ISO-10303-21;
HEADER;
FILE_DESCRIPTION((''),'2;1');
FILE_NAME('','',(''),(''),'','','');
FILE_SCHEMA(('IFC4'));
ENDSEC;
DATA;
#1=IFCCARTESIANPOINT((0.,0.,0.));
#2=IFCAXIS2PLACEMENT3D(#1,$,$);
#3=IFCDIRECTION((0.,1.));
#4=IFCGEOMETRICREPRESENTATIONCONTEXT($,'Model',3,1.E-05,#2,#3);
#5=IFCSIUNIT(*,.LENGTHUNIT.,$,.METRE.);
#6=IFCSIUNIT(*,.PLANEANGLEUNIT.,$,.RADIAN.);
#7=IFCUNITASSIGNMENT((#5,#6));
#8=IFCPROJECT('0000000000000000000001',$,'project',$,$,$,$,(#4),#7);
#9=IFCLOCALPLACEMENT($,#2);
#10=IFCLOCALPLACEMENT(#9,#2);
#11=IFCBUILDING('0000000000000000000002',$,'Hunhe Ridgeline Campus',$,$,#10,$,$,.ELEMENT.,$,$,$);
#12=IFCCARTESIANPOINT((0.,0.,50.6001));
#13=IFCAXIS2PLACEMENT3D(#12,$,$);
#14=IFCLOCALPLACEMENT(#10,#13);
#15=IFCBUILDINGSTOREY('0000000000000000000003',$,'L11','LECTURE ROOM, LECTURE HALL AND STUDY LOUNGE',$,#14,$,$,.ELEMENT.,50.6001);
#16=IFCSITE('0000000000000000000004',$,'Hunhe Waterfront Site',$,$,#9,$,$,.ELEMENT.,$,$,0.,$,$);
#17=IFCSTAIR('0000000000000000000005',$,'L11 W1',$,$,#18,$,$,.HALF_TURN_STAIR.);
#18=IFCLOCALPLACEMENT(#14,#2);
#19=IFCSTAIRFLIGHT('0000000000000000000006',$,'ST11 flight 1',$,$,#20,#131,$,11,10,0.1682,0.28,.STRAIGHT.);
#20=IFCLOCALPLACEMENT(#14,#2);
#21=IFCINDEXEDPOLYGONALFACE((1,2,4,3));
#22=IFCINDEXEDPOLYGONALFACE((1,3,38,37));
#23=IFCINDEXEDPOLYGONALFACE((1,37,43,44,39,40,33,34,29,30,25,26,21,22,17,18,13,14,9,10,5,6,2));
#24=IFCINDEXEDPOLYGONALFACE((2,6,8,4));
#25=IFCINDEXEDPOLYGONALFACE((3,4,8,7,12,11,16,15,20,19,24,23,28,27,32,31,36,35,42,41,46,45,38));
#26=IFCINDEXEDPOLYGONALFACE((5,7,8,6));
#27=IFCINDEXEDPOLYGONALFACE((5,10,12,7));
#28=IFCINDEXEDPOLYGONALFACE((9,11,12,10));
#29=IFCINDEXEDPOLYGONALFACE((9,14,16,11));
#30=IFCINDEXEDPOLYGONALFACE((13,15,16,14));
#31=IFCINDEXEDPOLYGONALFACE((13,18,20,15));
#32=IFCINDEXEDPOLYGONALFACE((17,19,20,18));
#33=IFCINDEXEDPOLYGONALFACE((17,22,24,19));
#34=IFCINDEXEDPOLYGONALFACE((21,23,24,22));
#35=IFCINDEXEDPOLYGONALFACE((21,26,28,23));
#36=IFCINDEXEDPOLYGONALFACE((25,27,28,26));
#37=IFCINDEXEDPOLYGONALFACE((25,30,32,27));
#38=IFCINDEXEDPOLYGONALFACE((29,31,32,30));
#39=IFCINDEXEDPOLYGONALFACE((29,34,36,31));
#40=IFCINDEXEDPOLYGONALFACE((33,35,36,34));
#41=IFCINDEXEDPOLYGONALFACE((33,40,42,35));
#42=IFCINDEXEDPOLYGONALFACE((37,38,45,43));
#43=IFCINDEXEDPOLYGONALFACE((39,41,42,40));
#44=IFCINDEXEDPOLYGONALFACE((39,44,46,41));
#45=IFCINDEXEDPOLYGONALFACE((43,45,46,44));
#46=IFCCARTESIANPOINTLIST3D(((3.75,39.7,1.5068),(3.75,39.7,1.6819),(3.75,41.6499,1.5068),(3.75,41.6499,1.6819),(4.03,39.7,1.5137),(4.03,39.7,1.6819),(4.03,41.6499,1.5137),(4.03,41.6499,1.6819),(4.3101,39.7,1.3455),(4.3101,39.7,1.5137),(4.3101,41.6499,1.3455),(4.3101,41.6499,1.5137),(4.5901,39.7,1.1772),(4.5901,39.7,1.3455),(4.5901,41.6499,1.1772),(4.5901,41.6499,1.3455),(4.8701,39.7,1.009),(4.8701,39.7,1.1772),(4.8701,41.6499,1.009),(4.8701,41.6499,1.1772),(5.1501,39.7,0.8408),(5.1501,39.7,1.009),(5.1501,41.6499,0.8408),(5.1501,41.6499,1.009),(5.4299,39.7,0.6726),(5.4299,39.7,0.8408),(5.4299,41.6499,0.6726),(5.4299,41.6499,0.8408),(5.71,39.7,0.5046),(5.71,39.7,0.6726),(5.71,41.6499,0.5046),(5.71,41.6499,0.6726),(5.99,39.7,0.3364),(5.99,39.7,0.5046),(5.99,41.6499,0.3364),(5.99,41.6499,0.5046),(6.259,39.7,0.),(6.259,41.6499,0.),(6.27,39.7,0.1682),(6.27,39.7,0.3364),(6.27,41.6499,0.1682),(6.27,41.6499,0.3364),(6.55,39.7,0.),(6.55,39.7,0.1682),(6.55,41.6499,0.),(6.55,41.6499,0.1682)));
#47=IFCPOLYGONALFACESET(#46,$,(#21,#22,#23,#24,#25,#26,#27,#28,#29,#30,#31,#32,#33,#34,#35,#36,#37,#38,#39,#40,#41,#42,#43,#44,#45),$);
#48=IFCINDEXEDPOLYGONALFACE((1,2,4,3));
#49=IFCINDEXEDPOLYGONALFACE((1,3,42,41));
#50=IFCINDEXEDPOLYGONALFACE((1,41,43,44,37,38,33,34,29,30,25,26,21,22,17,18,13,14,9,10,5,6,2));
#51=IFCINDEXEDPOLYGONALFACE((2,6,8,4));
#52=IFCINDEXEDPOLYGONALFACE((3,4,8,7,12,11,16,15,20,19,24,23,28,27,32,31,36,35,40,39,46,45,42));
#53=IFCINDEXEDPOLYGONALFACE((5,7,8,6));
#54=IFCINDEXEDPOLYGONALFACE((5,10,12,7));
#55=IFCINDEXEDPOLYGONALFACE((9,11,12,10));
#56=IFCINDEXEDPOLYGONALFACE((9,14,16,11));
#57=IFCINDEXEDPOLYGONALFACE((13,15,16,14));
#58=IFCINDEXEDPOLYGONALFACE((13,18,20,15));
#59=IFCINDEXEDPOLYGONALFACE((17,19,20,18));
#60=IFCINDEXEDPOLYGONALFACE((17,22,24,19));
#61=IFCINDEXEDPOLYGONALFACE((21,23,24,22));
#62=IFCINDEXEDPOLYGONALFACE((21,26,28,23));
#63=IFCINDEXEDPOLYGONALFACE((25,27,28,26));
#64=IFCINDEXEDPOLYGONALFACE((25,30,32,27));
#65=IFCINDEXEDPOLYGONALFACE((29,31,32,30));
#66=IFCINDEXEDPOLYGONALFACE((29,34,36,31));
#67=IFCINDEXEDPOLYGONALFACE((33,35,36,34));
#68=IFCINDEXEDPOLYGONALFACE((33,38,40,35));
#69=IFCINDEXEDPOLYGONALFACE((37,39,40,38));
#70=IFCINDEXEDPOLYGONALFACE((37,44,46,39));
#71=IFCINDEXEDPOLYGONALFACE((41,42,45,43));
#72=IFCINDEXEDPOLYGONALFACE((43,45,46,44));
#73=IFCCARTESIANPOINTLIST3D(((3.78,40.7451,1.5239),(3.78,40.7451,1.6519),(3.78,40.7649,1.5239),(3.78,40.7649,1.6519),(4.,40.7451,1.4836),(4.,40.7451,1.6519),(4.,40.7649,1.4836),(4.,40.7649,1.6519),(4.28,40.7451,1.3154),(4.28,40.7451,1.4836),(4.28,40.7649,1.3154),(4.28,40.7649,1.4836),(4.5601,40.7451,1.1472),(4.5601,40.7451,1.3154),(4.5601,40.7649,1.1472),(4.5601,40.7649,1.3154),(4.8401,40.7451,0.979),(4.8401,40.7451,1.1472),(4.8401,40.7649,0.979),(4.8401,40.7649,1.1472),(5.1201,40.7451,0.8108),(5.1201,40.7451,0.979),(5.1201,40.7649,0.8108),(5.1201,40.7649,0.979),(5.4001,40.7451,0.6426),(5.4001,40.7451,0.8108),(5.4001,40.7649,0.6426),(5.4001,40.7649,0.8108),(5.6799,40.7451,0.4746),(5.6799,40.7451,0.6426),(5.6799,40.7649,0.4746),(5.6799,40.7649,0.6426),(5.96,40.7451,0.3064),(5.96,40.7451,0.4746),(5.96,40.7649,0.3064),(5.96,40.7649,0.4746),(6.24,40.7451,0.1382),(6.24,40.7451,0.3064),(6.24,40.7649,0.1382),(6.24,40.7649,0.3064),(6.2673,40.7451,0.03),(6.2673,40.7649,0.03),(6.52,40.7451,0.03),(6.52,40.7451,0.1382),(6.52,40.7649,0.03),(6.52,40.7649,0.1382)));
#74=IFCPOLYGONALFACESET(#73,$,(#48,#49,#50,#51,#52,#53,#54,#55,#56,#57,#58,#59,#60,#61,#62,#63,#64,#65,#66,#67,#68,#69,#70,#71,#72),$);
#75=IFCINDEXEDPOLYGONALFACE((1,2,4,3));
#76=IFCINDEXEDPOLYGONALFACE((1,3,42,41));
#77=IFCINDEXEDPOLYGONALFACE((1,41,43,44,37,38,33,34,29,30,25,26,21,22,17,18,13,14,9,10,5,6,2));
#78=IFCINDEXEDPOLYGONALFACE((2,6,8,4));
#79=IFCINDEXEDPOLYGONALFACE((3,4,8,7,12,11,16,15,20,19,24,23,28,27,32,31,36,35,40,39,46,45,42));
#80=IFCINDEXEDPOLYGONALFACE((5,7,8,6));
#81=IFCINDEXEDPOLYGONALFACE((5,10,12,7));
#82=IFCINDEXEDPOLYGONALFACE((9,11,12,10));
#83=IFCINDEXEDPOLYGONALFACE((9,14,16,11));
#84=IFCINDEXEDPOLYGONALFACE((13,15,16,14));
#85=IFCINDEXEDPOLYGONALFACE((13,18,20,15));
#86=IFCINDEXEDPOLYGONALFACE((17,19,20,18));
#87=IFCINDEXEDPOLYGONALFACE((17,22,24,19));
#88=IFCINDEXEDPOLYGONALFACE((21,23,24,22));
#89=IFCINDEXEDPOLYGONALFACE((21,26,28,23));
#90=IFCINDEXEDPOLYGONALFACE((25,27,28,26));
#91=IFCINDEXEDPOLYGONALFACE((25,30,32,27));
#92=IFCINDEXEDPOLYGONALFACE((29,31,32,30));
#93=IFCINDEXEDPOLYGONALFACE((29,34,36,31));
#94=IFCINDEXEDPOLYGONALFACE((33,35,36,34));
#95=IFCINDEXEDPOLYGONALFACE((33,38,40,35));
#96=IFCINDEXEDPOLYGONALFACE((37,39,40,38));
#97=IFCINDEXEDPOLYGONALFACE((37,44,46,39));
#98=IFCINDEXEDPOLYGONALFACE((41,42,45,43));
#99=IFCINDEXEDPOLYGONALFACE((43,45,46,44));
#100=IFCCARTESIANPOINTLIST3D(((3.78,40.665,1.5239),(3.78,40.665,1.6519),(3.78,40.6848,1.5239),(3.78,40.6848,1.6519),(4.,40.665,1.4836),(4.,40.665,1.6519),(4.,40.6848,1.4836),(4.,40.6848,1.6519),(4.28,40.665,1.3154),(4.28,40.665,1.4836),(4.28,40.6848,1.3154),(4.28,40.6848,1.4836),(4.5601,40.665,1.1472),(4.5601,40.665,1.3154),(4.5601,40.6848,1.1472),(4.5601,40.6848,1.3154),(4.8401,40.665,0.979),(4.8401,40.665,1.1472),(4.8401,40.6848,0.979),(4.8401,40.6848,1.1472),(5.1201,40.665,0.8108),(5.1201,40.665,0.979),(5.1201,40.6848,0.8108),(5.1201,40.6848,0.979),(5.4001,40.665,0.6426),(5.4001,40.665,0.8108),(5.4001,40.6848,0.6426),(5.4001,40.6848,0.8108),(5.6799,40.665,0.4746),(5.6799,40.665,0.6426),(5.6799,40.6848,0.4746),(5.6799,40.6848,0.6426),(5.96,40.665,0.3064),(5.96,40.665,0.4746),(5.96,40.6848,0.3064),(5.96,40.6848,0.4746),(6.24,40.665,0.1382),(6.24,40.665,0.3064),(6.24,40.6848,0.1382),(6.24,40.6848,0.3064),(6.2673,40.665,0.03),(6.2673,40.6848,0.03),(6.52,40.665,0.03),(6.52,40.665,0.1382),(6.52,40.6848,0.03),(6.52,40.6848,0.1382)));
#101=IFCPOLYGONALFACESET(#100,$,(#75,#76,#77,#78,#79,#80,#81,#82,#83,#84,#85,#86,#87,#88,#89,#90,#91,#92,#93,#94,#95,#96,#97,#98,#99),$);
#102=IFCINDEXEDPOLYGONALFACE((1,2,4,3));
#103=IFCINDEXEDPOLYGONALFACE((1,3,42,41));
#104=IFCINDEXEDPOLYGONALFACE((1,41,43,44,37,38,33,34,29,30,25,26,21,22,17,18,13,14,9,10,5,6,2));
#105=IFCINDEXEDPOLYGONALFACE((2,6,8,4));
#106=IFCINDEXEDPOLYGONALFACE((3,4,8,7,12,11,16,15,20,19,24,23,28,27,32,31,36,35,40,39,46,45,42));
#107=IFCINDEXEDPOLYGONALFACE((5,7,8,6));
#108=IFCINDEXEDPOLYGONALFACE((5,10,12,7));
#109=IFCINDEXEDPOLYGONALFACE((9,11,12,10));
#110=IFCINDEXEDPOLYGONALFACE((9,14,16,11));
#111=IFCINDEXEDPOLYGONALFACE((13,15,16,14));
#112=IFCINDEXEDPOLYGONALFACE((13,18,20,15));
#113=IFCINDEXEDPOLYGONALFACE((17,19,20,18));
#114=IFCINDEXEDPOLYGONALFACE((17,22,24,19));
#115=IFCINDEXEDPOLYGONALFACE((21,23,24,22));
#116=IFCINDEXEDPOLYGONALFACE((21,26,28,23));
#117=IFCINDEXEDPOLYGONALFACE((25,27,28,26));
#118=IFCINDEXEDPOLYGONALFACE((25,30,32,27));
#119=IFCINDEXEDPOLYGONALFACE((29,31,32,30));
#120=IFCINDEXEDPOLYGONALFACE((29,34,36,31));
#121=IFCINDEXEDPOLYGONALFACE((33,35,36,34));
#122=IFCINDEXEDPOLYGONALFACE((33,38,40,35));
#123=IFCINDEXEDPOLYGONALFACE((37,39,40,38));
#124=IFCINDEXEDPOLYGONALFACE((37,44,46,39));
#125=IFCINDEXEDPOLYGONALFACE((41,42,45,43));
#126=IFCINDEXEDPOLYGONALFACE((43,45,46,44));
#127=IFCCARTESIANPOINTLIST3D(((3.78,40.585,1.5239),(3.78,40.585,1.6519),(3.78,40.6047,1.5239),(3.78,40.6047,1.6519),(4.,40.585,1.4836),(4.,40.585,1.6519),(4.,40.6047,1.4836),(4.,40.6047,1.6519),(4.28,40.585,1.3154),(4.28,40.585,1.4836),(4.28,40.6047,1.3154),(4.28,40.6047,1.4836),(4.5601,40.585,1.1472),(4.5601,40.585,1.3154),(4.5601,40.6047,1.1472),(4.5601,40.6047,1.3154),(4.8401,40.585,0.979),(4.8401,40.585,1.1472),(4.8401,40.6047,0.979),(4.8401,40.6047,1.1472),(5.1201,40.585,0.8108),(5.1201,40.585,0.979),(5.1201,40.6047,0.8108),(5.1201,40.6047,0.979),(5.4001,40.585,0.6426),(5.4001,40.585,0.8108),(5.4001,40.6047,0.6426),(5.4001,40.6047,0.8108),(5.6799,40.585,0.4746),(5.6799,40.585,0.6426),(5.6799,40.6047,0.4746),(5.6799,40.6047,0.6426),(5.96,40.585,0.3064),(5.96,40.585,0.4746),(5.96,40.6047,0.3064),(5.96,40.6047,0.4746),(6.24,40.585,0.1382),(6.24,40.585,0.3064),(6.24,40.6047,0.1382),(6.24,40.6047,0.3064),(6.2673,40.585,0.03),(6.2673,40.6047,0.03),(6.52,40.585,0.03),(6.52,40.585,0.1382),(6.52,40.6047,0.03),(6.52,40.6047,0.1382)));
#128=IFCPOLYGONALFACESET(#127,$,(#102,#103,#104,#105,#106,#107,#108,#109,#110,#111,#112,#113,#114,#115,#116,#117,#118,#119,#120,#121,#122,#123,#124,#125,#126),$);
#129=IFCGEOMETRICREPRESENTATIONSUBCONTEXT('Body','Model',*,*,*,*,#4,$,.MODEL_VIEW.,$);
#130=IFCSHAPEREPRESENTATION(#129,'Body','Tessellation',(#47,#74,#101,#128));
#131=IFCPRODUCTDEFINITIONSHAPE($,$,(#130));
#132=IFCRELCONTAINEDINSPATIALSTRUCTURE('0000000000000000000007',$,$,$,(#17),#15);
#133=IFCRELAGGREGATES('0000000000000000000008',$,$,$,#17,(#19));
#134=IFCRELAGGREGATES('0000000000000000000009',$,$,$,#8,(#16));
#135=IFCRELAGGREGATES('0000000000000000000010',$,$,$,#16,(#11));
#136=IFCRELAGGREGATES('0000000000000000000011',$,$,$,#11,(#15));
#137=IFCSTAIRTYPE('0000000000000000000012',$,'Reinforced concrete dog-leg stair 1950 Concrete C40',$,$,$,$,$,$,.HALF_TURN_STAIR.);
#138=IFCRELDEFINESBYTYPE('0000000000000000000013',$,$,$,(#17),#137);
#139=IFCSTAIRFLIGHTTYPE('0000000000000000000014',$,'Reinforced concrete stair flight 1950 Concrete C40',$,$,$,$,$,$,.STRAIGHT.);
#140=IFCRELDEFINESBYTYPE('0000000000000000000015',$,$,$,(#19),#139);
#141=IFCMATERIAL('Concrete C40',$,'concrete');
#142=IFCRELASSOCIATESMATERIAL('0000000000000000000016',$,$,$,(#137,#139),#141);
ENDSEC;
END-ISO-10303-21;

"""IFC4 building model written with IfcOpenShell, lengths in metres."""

from ifc_helpers import new_model, si_unit, direction, frame, origin, place, context, subcontext, project, spatial, polyline, outline, extrude, material, type_object, element, aggregate, save


model = new_model("IFC4")

# Units and contexts
model_context = context("Model", 3, precision=1e-05, world=origin(), true_north=direction((0.0, 1.0)))
body_context = subcontext(model_context, "Body", "Model", "MODEL_VIEW")
ifc_project = project(units=[si_unit("LENGTHUNIT", "METRE"), si_unit("PLANEANGLEUNIT", "RADIAN")], contexts=[model_context])

# Site, building, storey
site_placement = place(None, origin())
site = spatial("IfcSite", under=ifc_project, at=site_placement, Name="Hunhe Waterfront Site", CompositionType="ELEMENT", RefElevation=0.0)
building_placement = place(site_placement, origin())
building = spatial("IfcBuilding", under=site, at=building_placement, Name="Hunhe Ridgeline Campus", CompositionType="ELEMENT")
storey_placement = place(building_placement, frame((0.0, 0.0, 50.6001)))
storey = spatial("IfcBuildingStorey", under=building, at=storey_placement, Name="L11", Description="LECTURE ROOM, LECTURE HALL AND STUDY LOUNGE", CompositionType="ELEMENT", Elevation=50.6001)

# Stair, stair flight
ifc_material_1 = material(Name="Concrete C40", Category="concrete")
stair_type = type_object("IfcStairType", Name="Reinforced concrete dog-leg stair 1950 Concrete C40", PredefinedType="HALF_TURN_STAIR", material=ifc_material_1)
stair_placement = place(storey_placement, origin())
stair = element("IfcStair", 1, at=stair_placement, inside=storey, type_object=stair_type, Name="L11 W1", PredefinedType="HALF_TURN_STAIR")
stair_flight_type = type_object("IfcStairFlightType", Name="Reinforced concrete stair flight 1950 Concrete C40", PredefinedType="STRAIGHT", material=ifc_material_1)
stair_flight_1_placement = place(storey_placement, frame((6.55, 40.675, 0.0), z_axis=(0.0, 0.0, 1.0), x_axis=(-1.0, 0.0, 0.0)))
stair_flight_1 = element("IfcStairFlight", 2, at=stair_flight_1_placement, type_object=stair_flight_type, Name="ST11 flight 1", NumberOfRisers=11, NumberOfTreads=10, PredefinedType="STRAIGHT", RiserHeight=0.1682, TreadLength=0.28, context=body_context, shape_type="SweptSolid", body=[
    extrude(outline(polyline([(0.0, 0.0), (0.0, 0.1682), (0.28, 0.1682), (0.28, 0.3364), (0.5601, 0.3364), (0.5601, 0.5046), (0.8401, 0.5046), (0.8401, 0.6726), (1.1201, 0.6726), (1.1201, 0.8408), (1.3999, 0.8408), (1.3999, 1.009), (1.6799, 1.009), (1.6799, 1.1772), (1.96, 1.1772), (1.96, 1.3455), (2.24, 1.3455), (2.24, 1.5137), (2.52, 1.5137), (2.52, 1.6819), (2.8, 1.6819), (2.8, 1.8501), (2.8, 1.5068), (0.291, 0.0), (0.0, 0.0)])), frame((0.0, 0.9751, 0.0), z_axis=(0.0, -1.0, 0.0), x_axis=(1.0, 0.0, 0.0)), (0.0, 0.0, 1.0), 1.95),
    extrude(outline(polyline([(0.03, 0.03), (0.03, 0.1382), (0.3101, 0.1382), (0.3101, 0.3064), (0.5901, 0.3064), (0.5901, 0.4746), (0.8701, 0.4746), (0.8701, 0.6426), (1.1499, 0.6426), (1.1499, 0.8108), (1.4299, 0.8108), (1.4299, 0.979), (1.71, 0.979), (1.71, 1.1472), (1.99, 1.1472), (1.99, 1.3154), (2.27, 1.3154), (2.27, 1.4836), (2.55, 1.4836), (2.55, 1.6519), (2.77, 1.6519), (2.77, 1.5239), (0.2827, 0.03), (0.03, 0.03)])), frame((0.0, -0.0701, 0.0), z_axis=(0.0, -1.0, 0.0), x_axis=(1.0, 0.0, 0.0)), (0.0, 0.0, 1.0), 0.0198),
    extrude(outline(polyline([(0.03, 0.03), (0.03, 0.1382), (0.3101, 0.1382), (0.3101, 0.3064), (0.5901, 0.3064), (0.5901, 0.4746), (0.8701, 0.4746), (0.8701, 0.6426), (1.1499, 0.6426), (1.1499, 0.8108), (1.4299, 0.8108), (1.4299, 0.979), (1.71, 0.979), (1.71, 1.1472), (1.99, 1.1472), (1.99, 1.3154), (2.27, 1.3154), (2.27, 1.4836), (2.55, 1.4836), (2.55, 1.6519), (2.77, 1.6519), (2.77, 1.5239), (0.2827, 0.03), (0.03, 0.03)])), frame((0.0, 0.01, 0.0), z_axis=(0.0, -1.0, 0.0), x_axis=(1.0, 0.0, 0.0)), (0.0, 0.0, 1.0), 0.0198),
    extrude(outline(polyline([(0.03, 0.03), (0.03, 0.1382), (0.3101, 0.1382), (0.3101, 0.3064), (0.5901, 0.3064), (0.5901, 0.4746), (0.8701, 0.4746), (0.8701, 0.6426), (1.1499, 0.6426), (1.1499, 0.8108), (1.4299, 0.8108), (1.4299, 0.979), (1.71, 0.979), (1.71, 1.1472), (1.99, 1.1472), (1.99, 1.3154), (2.27, 1.3154), (2.27, 1.4836), (2.55, 1.4836), (2.55, 1.6519), (2.77, 1.6519), (2.77, 1.5239), (0.2827, 0.03), (0.03, 0.03)])), frame((0.0, 0.0901, 0.0), z_axis=(0.0, -1.0, 0.0), x_axis=(1.0, 0.0, 0.0)), (0.0, 0.0, 1.0), 0.0198),
])
aggregate(stair, [stair_flight_1])

save(model, "model.ifc")
